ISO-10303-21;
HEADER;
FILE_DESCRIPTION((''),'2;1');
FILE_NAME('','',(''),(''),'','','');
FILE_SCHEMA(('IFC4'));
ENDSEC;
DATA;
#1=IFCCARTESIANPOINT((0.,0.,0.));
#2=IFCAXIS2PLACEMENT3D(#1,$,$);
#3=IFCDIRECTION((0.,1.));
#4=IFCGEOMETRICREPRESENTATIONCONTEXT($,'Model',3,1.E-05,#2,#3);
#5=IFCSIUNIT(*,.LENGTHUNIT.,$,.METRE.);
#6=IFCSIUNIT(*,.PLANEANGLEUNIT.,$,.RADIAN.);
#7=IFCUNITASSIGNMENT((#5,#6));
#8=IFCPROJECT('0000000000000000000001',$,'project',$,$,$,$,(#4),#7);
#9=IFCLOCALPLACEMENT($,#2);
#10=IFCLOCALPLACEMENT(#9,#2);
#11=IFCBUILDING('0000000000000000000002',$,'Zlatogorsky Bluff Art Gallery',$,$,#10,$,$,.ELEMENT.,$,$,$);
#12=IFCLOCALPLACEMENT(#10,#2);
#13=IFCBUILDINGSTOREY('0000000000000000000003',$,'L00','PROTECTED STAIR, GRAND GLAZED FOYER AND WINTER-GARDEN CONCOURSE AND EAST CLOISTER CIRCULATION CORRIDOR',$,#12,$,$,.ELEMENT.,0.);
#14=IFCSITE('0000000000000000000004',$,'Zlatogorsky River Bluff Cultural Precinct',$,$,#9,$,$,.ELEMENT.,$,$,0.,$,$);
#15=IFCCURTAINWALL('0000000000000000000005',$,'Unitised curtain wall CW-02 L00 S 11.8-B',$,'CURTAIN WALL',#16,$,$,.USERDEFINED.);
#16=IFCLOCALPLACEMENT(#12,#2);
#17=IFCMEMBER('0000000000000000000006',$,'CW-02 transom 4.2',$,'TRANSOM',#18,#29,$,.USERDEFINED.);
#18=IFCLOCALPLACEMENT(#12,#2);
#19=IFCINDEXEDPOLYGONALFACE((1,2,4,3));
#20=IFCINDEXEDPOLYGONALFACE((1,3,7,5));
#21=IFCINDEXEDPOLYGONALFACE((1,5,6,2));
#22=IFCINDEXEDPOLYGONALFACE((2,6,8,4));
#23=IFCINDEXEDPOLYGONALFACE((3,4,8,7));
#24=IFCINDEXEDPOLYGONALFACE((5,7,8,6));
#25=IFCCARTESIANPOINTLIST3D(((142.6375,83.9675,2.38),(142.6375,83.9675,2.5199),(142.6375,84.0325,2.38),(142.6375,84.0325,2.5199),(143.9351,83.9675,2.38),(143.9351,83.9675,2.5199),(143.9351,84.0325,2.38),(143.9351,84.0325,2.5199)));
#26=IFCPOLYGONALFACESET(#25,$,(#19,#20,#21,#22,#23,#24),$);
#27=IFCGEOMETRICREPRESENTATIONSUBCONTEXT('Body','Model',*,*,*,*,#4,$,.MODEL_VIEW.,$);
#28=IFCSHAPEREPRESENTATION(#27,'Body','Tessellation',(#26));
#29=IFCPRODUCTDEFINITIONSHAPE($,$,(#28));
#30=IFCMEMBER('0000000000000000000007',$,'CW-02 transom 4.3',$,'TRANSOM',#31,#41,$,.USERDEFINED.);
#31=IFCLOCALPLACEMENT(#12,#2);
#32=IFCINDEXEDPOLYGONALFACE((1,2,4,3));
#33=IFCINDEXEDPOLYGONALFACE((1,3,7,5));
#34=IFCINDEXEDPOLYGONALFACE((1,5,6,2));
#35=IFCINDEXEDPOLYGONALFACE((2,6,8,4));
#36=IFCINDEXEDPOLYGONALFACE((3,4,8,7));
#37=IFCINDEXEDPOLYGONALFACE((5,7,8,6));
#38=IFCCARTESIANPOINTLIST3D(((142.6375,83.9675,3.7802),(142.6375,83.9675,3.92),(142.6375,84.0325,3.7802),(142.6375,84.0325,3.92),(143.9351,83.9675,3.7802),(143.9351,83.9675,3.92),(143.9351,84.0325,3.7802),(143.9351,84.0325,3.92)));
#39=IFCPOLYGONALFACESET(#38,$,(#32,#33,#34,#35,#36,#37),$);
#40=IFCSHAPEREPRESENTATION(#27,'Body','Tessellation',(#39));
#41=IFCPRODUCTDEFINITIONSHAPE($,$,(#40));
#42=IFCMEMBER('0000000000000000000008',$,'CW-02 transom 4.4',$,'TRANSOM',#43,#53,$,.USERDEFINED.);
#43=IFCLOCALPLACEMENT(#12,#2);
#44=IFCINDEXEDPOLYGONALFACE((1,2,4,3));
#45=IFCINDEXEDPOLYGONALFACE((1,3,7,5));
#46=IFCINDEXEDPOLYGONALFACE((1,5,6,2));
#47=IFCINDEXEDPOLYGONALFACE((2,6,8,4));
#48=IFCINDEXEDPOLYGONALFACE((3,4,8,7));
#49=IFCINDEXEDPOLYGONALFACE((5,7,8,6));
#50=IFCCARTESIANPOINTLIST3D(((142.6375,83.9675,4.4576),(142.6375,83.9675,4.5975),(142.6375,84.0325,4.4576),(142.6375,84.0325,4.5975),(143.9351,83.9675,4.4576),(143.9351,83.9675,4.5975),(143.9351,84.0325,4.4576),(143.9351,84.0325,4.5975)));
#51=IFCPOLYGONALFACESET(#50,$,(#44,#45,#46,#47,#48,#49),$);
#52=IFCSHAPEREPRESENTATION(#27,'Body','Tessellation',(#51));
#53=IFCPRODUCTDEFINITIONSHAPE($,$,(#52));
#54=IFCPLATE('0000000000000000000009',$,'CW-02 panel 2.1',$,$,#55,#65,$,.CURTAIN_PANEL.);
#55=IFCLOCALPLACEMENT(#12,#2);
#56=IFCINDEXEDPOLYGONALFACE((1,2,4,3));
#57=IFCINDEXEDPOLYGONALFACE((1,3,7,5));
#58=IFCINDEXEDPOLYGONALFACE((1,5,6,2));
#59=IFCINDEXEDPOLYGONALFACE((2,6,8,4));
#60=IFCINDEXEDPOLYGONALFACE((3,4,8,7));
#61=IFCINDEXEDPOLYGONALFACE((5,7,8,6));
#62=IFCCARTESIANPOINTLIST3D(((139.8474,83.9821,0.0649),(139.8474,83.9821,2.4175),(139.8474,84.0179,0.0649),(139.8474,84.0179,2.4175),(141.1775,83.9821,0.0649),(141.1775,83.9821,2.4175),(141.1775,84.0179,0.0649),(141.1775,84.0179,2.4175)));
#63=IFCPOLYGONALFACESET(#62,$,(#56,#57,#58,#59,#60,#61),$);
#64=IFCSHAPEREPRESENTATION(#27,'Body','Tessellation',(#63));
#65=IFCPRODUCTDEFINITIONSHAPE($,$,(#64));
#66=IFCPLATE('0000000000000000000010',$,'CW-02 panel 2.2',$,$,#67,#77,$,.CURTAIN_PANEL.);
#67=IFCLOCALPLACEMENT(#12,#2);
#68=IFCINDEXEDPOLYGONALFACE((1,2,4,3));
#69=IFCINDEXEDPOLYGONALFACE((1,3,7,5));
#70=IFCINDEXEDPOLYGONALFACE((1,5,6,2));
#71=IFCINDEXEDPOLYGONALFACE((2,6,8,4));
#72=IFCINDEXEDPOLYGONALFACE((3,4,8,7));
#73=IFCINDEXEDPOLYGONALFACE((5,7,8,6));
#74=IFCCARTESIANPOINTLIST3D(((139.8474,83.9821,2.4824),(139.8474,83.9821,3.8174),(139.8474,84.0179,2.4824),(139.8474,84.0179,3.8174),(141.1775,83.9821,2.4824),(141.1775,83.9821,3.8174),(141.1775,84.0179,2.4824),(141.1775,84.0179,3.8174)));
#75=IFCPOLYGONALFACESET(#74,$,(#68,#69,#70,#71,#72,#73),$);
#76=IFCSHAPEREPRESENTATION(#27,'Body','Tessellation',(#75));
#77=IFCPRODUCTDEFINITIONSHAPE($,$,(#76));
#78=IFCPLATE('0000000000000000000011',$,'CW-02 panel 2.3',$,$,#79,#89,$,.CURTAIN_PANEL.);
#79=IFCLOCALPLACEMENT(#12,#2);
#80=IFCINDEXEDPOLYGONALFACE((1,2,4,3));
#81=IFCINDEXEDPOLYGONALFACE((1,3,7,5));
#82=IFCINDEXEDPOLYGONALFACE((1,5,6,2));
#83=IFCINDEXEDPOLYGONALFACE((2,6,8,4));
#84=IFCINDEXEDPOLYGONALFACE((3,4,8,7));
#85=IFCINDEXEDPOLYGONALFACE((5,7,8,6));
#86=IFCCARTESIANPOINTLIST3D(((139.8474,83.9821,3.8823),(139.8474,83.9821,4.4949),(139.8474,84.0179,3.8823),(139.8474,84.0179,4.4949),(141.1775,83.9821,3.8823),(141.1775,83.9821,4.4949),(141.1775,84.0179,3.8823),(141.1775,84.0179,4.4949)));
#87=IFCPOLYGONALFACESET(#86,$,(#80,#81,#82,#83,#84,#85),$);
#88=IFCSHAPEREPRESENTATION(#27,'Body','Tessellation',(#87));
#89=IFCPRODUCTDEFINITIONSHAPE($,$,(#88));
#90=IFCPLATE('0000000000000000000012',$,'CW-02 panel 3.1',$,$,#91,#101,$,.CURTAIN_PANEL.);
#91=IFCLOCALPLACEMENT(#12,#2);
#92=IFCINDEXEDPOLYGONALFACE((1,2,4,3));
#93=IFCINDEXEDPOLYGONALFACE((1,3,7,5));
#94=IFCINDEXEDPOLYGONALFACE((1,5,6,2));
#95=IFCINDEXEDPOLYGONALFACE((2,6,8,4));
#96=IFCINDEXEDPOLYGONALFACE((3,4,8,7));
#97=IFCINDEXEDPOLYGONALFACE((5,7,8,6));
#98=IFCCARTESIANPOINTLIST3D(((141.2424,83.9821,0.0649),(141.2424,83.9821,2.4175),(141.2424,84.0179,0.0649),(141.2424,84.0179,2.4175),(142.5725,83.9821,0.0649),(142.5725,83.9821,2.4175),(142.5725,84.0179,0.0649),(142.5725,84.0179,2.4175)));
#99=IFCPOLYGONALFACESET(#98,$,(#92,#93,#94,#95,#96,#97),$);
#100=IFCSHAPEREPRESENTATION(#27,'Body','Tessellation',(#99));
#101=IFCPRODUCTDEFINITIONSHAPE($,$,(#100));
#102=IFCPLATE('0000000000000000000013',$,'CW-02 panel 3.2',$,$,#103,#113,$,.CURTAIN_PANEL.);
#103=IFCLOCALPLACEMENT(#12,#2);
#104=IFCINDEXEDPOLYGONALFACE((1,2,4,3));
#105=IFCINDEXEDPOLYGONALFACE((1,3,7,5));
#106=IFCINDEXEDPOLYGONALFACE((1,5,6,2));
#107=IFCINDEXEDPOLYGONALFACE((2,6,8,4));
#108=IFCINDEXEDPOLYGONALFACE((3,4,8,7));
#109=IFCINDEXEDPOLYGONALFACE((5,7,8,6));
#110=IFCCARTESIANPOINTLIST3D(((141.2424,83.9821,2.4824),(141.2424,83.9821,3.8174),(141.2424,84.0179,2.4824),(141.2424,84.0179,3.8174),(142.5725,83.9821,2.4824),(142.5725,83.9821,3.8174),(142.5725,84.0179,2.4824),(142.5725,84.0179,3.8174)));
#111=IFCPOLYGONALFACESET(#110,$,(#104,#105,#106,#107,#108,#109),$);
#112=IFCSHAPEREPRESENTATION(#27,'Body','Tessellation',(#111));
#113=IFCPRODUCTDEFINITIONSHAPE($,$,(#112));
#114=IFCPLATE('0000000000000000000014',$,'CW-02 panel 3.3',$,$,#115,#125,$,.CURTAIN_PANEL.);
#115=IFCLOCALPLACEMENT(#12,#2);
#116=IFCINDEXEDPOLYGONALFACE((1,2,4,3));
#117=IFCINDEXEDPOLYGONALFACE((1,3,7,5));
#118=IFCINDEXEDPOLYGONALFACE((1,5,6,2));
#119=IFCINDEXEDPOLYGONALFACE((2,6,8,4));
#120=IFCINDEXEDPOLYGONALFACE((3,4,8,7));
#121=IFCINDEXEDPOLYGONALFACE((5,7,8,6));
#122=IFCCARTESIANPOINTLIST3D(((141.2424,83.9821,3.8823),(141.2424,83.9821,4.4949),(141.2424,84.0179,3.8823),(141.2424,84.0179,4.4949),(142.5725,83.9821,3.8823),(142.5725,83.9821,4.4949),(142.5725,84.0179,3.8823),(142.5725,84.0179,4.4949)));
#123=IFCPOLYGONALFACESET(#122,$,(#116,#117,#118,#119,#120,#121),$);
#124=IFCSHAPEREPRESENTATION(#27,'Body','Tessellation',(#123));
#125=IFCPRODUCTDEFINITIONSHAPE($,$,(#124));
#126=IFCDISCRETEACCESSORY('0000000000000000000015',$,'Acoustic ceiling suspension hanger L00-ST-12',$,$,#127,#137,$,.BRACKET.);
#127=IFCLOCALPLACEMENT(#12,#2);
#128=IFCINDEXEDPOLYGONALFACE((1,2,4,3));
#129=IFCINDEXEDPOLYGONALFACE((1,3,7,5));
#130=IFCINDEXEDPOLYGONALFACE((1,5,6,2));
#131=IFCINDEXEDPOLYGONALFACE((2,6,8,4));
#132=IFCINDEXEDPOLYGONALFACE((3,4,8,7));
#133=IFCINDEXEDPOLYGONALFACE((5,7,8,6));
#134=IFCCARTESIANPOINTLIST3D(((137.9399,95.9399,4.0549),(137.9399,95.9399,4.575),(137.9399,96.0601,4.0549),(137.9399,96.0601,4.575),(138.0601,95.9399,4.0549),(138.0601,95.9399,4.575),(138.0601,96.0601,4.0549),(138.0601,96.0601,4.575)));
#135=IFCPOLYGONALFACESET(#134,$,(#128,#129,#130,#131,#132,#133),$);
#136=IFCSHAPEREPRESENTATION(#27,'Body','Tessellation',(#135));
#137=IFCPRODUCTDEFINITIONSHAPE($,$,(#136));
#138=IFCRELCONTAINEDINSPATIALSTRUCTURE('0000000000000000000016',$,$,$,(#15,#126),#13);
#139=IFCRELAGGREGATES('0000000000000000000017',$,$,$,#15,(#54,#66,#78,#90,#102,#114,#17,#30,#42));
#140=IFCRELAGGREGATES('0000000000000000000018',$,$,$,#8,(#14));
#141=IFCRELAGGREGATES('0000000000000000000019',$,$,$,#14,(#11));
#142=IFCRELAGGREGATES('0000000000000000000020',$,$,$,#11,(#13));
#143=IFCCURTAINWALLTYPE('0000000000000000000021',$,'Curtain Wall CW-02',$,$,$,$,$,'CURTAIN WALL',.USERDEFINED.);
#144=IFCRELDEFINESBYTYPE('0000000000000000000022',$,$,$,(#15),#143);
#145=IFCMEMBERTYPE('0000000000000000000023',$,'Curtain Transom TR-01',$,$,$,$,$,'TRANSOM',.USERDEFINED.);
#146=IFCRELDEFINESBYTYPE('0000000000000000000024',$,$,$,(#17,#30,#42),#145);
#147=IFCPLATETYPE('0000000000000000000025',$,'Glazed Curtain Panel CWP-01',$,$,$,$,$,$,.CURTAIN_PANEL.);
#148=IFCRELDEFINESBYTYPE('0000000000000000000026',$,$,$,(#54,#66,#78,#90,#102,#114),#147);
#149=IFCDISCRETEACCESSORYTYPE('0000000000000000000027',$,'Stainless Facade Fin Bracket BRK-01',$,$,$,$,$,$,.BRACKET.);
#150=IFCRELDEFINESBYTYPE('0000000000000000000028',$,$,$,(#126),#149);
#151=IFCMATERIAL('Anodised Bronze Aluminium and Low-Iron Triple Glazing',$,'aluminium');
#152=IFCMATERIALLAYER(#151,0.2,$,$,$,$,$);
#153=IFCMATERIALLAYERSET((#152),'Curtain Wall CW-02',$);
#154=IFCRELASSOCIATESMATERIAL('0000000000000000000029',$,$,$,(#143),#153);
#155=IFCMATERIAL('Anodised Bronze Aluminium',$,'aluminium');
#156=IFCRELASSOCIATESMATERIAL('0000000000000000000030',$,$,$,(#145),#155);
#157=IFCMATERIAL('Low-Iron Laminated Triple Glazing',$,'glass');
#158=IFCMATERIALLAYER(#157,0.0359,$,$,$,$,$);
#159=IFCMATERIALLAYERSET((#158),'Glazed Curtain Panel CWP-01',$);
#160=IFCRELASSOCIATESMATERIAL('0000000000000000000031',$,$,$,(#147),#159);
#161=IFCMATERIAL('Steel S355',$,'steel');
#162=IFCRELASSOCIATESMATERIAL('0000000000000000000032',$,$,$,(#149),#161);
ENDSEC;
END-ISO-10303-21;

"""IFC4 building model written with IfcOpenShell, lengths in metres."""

from ifc_helpers import new_model, si_unit, direction, frame, origin, origin_2d, place, context, subcontext, project, spatial, rectangle, extrude, material, layer, layer_set, material_profile, profile_set, type_object, element, aggregate, save


model = new_model("IFC4")

# Units and contexts
model_context = context("Model", 3, precision=1e-05, world=origin(), true_north=direction((0.0, 1.0)))
body_context = subcontext(model_context, "Body", "Model", "MODEL_VIEW")
ifc_project = project(units=[si_unit("LENGTHUNIT", "METRE"), si_unit("PLANEANGLEUNIT", "RADIAN")], contexts=[model_context])

# Site, building, storey
site_placement = place(None, origin())
site = spatial("IfcSite", under=ifc_project, at=site_placement, Name="Zlatogorsky River Bluff Cultural Precinct", CompositionType="ELEMENT", RefElevation=0.0)
building_placement = place(site_placement, origin())
building = spatial("IfcBuilding", under=site, at=building_placement, Name="Zlatogorsky Bluff Art Gallery", CompositionType="ELEMENT")
storey_placement = place(building_placement, origin())
storey = spatial("IfcBuildingStorey", under=building, at=storey_placement, Name="L00", Description="PROTECTED STAIR, GRAND GLAZED FOYER AND WINTER-GARDEN CONCOURSE AND EAST CLOISTER CIRCULATION CORRIDOR", CompositionType="ELEMENT", Elevation=0.0)

# Shared definitions
ifc_material_1 = material(Name="Steel S355", Category="steel")

# Curtain wall, members, plates
ifc_material_2 = material(Name="Anodised Bronze Aluminium and Low-Iron Triple Glazing", Category="aluminium")
ifc_layer_1 = layer(ifc_material_2, 0.2)
ifc_layer_set_1 = layer_set([ifc_layer_1], Name="Curtain Wall CW-02")
curtain_wall_type = type_object("IfcCurtainWallType", Name="Curtain Wall CW-02", ElementType="CURTAIN WALL", PredefinedType="USERDEFINED", material=ifc_layer_set_1)
curtain_wall_placement = place(storey_placement, origin())
curtain_wall = element("IfcCurtainWall", 1, at=curtain_wall_placement, inside=storey, type_object=curtain_wall_type, Name="Unitised curtain wall CW-02 L00 S 11.8-B", ObjectType="CURTAIN WALL", PredefinedType="USERDEFINED")
ifc_material_3 = material(Name="Anodised Bronze Aluminium", Category="aluminium")
ifc_material_profile_1 = material_profile(ifc_material_3, rectangle(XDim=0.0649, YDim=0.1399, at=origin_2d()), Name="ALU TRANSOM 65x140")
ifc_profile_set_1 = profile_set([ifc_material_profile_1], Name="Anodised Bronze Aluminium")
member_type_1 = type_object("IfcMemberType", Name="Curtain Transom TR-01", ElementType="TRANSOM", PredefinedType="USERDEFINED", material=ifc_profile_set_1)
member_1_placement = place(storey_placement, frame((142.6375, 84.0, 2.45), z_axis=(1.0, 0.0, 0.0), x_axis=(0.0, 1.0, 0.0)))
member_1 = element("IfcMember", 2, at=member_1_placement, type_object=member_type_1, Name="CW-02 transom 4.2", ObjectType="TRANSOM", PredefinedType="USERDEFINED", context=body_context, shape_type="SweptSolid", body=[
    extrude(rectangle(XDim=0.0649, YDim=0.1399, at=origin_2d()), origin(), (0.0, 0.0, 1.0), 1.2976),
])
member_2_placement = place(storey_placement, frame((142.6375, 84.0, 3.8501), z_axis=(1.0, 0.0, 0.0), x_axis=(0.0, 1.0, 0.0)))
member_2 = element("IfcMember", 3, at=member_2_placement, type_object=member_type_1, Name="CW-02 transom 4.3", ObjectType="TRANSOM", PredefinedType="USERDEFINED", context=body_context, shape_type="SweptSolid", body=[
    extrude(rectangle(XDim=0.0649, YDim=0.1399, at=origin_2d()), origin(), (0.0, 0.0, 1.0), 1.2976),
])
member_3_placement = place(storey_placement, frame((142.6375, 84.0, 4.5276), z_axis=(1.0, 0.0, 0.0), x_axis=(0.0, 1.0, 0.0)))
member_3 = element("IfcMember", 4, at=member_3_placement, type_object=member_type_1, Name="CW-02 transom 4.4", ObjectType="TRANSOM", PredefinedType="USERDEFINED", context=body_context, shape_type="SweptSolid", body=[
    extrude(rectangle(XDim=0.0649, YDim=0.1399, at=origin_2d()), origin(), (0.0, 0.0, 1.0), 1.2976),
])
ifc_material_4 = material(Name="Low-Iron Laminated Triple Glazing", Category="glass")
ifc_layer_2 = layer(ifc_material_4, 0.0359)
ifc_layer_set_2 = layer_set([ifc_layer_2], Name="Glazed Curtain Panel CWP-01")
plate_type = type_object("IfcPlateType", Name="Glazed Curtain Panel CWP-01", PredefinedType="CURTAIN_PANEL", material=ifc_layer_set_2)
plate_1_placement = place(storey_placement, frame((140.5125, 84.0, 0.0649), z_axis=(0.0, 0.0, 1.0), x_axis=(1.0, 0.0, 0.0)))
plate_1 = element("IfcPlate", 5, at=plate_1_placement, type_object=plate_type, Name="CW-02 panel 2.1", PredefinedType="CURTAIN_PANEL", context=body_context, shape_type="SweptSolid", body=[
    extrude(rectangle(XDim=1.3301, YDim=0.0359, at=origin_2d()), origin(), (0.0, 0.0, 1.0), 2.3525),
])
plate_2_placement = place(storey_placement, frame((140.5125, 84.0, 2.4824), z_axis=(0.0, 0.0, 1.0), x_axis=(1.0, 0.0, 0.0)))
plate_2 = element("IfcPlate", 6, at=plate_2_placement, type_object=plate_type, Name="CW-02 panel 2.2", PredefinedType="CURTAIN_PANEL", context=body_context, shape_type="SweptSolid", body=[
    extrude(rectangle(XDim=1.3301, YDim=0.0359, at=origin_2d()), origin(), (0.0, 0.0, 1.0), 1.335),
])
plate_3_placement = place(storey_placement, frame((140.5125, 84.0, 3.8823), z_axis=(0.0, 0.0, 1.0), x_axis=(1.0, 0.0, 0.0)))
plate_3 = element("IfcPlate", 7, at=plate_3_placement, type_object=plate_type, Name="CW-02 panel 2.3", PredefinedType="CURTAIN_PANEL", context=body_context, shape_type="SweptSolid", body=[
    extrude(rectangle(XDim=1.3301, YDim=0.0359, at=origin_2d()), origin(), (0.0, 0.0, 1.0), 0.6125),
])
plate_4_placement = place(storey_placement, frame((141.9075, 84.0, 0.0649), z_axis=(0.0, 0.0, 1.0), x_axis=(1.0, 0.0, 0.0)))
plate_4 = element("IfcPlate", 8, at=plate_4_placement, type_object=plate_type, Name="CW-02 panel 3.1", PredefinedType="CURTAIN_PANEL", context=body_context, shape_type="SweptSolid", body=[
    extrude(rectangle(XDim=1.3301, YDim=0.0359, at=origin_2d()), origin(), (0.0, 0.0, 1.0), 2.3525),
])
plate_5_placement = place(storey_placement, frame((141.9075, 84.0, 2.4824), z_axis=(0.0, 0.0, 1.0), x_axis=(1.0, 0.0, 0.0)))
plate_5 = element("IfcPlate", 9, at=plate_5_placement, type_object=plate_type, Name="CW-02 panel 3.2", PredefinedType="CURTAIN_PANEL", context=body_context, shape_type="SweptSolid", body=[
    extrude(rectangle(XDim=1.3301, YDim=0.0359, at=origin_2d()), origin(), (0.0, 0.0, 1.0), 1.335),
])
plate_6_placement = place(storey_placement, frame((141.9075, 84.0, 3.8823), z_axis=(0.0, 0.0, 1.0), x_axis=(1.0, 0.0, 0.0)))
plate_6 = element("IfcPlate", 10, at=plate_6_placement, type_object=plate_type, Name="CW-02 panel 3.3", PredefinedType="CURTAIN_PANEL", context=body_context, shape_type="SweptSolid", body=[
    extrude(rectangle(XDim=1.3301, YDim=0.0359, at=origin_2d()), origin(), (0.0, 0.0, 1.0), 0.6125),
])
aggregate(curtain_wall, [plate_1, plate_2, plate_3, plate_4, plate_5, plate_6, member_1, member_2, member_3])

# Discrete accessory
discrete_accessory_type = type_object("IfcDiscreteAccessoryType", Name="Stainless Facade Fin Bracket BRK-01", PredefinedType="BRACKET", material=ifc_material_1)
discrete_accessory_placement = place(storey_placement, frame((138.0, 96.0, 4.0549), z_axis=(0.0, 0.0, 1.0), x_axis=(1.0, 0.0, 0.0)))
element("IfcDiscreteAccessory", 11, at=discrete_accessory_placement, inside=storey, type_object=discrete_accessory_type, Name="Acoustic ceiling suspension hanger L00-ST-12", PredefinedType="BRACKET", context=body_context, shape_type="SweptSolid", body=[
    extrude(rectangle(XDim=0.1201, YDim=0.1201, at=origin_2d()), origin(), (0.0, 0.0, 1.0), 0.52),
])

save(model, "model.ifc")
